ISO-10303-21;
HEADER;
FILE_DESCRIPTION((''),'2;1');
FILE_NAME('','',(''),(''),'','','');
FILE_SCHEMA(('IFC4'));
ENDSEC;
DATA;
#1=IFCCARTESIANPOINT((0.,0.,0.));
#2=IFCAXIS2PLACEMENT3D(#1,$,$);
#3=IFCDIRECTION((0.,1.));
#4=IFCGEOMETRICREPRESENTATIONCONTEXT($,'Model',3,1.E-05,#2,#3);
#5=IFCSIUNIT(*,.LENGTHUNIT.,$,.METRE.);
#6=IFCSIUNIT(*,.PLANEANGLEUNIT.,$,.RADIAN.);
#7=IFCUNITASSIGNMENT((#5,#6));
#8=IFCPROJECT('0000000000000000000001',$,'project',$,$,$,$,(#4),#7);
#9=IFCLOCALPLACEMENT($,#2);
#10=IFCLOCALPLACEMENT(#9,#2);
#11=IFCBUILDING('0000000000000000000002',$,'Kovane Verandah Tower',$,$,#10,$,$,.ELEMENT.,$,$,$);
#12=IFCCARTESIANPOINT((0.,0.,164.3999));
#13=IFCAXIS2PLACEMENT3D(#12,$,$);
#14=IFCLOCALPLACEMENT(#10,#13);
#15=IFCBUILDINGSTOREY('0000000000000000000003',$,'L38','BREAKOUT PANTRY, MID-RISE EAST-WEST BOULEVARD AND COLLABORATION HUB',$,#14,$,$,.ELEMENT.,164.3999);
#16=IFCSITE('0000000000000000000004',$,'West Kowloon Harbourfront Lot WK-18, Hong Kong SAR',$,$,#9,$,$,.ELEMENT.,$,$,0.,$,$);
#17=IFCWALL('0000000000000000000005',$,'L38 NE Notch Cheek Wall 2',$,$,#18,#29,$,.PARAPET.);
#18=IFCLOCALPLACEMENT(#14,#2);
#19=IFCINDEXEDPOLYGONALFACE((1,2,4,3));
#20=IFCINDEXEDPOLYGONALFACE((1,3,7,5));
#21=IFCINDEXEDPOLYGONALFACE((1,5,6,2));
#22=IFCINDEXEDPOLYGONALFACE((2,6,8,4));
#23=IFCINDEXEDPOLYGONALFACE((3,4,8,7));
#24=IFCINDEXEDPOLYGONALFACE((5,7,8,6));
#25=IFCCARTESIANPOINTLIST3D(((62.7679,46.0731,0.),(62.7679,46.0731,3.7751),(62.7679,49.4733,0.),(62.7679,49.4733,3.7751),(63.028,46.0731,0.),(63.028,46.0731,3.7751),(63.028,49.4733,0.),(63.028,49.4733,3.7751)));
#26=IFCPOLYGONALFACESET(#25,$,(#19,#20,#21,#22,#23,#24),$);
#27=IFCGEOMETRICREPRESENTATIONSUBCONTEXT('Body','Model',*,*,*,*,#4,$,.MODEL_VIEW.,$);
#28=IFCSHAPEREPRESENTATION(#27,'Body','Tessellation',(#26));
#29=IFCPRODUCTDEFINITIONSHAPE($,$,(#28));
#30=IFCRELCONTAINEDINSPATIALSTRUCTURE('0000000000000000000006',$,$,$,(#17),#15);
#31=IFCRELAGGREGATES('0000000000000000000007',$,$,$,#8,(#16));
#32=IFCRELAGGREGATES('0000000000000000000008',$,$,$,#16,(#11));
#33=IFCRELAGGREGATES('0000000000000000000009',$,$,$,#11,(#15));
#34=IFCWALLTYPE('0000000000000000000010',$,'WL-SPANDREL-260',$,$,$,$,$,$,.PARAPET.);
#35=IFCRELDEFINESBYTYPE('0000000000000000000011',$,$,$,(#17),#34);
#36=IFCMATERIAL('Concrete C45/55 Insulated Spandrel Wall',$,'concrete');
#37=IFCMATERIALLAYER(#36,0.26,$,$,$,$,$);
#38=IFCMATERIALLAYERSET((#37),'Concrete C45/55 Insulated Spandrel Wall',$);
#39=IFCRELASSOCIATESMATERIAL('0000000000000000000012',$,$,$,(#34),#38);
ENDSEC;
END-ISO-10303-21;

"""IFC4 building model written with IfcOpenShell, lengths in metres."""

from ifc_helpers import new_model, si_unit, direction, frame, frame_2d, origin, place, context, subcontext, project, spatial, rectangle, extrude, material, layer, layer_set, type_object, element, save


model = new_model("IFC4")

# Units and contexts
model_context = context("Model", 3, precision=1e-05, world=origin(), true_north=direction((0.0, 1.0)))
body_context = subcontext(model_context, "Body", "Model", "MODEL_VIEW")
ifc_project = project(units=[si_unit("LENGTHUNIT", "METRE"), si_unit("PLANEANGLEUNIT", "RADIAN")], contexts=[model_context])

# Site, building, storey
site_placement = place(None, origin())
site = spatial("IfcSite", under=ifc_project, at=site_placement, Name="West Kowloon Harbourfront Lot WK-18, Hong Kong SAR", CompositionType="ELEMENT", RefElevation=0.0)
building_placement = place(site_placement, origin())
building = spatial("IfcBuilding", under=site, at=building_placement, Name="Kovane Verandah Tower", CompositionType="ELEMENT")
storey_placement = place(building_placement, frame((0.0, 0.0, 164.3999)))
storey = spatial("IfcBuildingStorey", under=building, at=storey_placement, Name="L38", Description="BREAKOUT PANTRY, MID-RISE EAST-WEST BOULEVARD AND COLLABORATION HUB", CompositionType="ELEMENT", Elevation=164.3999)

# Shared definitions
ifc_material_1 = material(Name="Concrete C45/55 Insulated Spandrel Wall", Category="concrete")
ifc_layer_1 = layer(ifc_material_1, 0.26)
ifc_layer_set_1 = layer_set([ifc_layer_1], Name="Concrete C45/55 Insulated Spandrel Wall")
wall_type = type_object("IfcWallType", Name="WL-SPANDREL-260", PredefinedType="PARAPET", material=ifc_layer_set_1)

# Wall
wall_1_placement = place(storey_placement, frame((62.8979, 46.073, 0.0), z_axis=(0.0, 0.0, 1.0), x_axis=(0.0, 1.0, 0.0)))
element("IfcWall", 1, at=wall_1_placement, inside=storey, type_object=wall_type, Name="L38 NE Notch Cheek Wall 2", PredefinedType="PARAPET", context=body_context, shape_type="SweptSolid", body=[
    extrude(rectangle(XDim=3.4001, YDim=0.26, at=frame_2d((1.7002, 0.0))), origin(), (0.0, 0.0, 1.0), 3.7751),
])

save(model, "model.ifc")
